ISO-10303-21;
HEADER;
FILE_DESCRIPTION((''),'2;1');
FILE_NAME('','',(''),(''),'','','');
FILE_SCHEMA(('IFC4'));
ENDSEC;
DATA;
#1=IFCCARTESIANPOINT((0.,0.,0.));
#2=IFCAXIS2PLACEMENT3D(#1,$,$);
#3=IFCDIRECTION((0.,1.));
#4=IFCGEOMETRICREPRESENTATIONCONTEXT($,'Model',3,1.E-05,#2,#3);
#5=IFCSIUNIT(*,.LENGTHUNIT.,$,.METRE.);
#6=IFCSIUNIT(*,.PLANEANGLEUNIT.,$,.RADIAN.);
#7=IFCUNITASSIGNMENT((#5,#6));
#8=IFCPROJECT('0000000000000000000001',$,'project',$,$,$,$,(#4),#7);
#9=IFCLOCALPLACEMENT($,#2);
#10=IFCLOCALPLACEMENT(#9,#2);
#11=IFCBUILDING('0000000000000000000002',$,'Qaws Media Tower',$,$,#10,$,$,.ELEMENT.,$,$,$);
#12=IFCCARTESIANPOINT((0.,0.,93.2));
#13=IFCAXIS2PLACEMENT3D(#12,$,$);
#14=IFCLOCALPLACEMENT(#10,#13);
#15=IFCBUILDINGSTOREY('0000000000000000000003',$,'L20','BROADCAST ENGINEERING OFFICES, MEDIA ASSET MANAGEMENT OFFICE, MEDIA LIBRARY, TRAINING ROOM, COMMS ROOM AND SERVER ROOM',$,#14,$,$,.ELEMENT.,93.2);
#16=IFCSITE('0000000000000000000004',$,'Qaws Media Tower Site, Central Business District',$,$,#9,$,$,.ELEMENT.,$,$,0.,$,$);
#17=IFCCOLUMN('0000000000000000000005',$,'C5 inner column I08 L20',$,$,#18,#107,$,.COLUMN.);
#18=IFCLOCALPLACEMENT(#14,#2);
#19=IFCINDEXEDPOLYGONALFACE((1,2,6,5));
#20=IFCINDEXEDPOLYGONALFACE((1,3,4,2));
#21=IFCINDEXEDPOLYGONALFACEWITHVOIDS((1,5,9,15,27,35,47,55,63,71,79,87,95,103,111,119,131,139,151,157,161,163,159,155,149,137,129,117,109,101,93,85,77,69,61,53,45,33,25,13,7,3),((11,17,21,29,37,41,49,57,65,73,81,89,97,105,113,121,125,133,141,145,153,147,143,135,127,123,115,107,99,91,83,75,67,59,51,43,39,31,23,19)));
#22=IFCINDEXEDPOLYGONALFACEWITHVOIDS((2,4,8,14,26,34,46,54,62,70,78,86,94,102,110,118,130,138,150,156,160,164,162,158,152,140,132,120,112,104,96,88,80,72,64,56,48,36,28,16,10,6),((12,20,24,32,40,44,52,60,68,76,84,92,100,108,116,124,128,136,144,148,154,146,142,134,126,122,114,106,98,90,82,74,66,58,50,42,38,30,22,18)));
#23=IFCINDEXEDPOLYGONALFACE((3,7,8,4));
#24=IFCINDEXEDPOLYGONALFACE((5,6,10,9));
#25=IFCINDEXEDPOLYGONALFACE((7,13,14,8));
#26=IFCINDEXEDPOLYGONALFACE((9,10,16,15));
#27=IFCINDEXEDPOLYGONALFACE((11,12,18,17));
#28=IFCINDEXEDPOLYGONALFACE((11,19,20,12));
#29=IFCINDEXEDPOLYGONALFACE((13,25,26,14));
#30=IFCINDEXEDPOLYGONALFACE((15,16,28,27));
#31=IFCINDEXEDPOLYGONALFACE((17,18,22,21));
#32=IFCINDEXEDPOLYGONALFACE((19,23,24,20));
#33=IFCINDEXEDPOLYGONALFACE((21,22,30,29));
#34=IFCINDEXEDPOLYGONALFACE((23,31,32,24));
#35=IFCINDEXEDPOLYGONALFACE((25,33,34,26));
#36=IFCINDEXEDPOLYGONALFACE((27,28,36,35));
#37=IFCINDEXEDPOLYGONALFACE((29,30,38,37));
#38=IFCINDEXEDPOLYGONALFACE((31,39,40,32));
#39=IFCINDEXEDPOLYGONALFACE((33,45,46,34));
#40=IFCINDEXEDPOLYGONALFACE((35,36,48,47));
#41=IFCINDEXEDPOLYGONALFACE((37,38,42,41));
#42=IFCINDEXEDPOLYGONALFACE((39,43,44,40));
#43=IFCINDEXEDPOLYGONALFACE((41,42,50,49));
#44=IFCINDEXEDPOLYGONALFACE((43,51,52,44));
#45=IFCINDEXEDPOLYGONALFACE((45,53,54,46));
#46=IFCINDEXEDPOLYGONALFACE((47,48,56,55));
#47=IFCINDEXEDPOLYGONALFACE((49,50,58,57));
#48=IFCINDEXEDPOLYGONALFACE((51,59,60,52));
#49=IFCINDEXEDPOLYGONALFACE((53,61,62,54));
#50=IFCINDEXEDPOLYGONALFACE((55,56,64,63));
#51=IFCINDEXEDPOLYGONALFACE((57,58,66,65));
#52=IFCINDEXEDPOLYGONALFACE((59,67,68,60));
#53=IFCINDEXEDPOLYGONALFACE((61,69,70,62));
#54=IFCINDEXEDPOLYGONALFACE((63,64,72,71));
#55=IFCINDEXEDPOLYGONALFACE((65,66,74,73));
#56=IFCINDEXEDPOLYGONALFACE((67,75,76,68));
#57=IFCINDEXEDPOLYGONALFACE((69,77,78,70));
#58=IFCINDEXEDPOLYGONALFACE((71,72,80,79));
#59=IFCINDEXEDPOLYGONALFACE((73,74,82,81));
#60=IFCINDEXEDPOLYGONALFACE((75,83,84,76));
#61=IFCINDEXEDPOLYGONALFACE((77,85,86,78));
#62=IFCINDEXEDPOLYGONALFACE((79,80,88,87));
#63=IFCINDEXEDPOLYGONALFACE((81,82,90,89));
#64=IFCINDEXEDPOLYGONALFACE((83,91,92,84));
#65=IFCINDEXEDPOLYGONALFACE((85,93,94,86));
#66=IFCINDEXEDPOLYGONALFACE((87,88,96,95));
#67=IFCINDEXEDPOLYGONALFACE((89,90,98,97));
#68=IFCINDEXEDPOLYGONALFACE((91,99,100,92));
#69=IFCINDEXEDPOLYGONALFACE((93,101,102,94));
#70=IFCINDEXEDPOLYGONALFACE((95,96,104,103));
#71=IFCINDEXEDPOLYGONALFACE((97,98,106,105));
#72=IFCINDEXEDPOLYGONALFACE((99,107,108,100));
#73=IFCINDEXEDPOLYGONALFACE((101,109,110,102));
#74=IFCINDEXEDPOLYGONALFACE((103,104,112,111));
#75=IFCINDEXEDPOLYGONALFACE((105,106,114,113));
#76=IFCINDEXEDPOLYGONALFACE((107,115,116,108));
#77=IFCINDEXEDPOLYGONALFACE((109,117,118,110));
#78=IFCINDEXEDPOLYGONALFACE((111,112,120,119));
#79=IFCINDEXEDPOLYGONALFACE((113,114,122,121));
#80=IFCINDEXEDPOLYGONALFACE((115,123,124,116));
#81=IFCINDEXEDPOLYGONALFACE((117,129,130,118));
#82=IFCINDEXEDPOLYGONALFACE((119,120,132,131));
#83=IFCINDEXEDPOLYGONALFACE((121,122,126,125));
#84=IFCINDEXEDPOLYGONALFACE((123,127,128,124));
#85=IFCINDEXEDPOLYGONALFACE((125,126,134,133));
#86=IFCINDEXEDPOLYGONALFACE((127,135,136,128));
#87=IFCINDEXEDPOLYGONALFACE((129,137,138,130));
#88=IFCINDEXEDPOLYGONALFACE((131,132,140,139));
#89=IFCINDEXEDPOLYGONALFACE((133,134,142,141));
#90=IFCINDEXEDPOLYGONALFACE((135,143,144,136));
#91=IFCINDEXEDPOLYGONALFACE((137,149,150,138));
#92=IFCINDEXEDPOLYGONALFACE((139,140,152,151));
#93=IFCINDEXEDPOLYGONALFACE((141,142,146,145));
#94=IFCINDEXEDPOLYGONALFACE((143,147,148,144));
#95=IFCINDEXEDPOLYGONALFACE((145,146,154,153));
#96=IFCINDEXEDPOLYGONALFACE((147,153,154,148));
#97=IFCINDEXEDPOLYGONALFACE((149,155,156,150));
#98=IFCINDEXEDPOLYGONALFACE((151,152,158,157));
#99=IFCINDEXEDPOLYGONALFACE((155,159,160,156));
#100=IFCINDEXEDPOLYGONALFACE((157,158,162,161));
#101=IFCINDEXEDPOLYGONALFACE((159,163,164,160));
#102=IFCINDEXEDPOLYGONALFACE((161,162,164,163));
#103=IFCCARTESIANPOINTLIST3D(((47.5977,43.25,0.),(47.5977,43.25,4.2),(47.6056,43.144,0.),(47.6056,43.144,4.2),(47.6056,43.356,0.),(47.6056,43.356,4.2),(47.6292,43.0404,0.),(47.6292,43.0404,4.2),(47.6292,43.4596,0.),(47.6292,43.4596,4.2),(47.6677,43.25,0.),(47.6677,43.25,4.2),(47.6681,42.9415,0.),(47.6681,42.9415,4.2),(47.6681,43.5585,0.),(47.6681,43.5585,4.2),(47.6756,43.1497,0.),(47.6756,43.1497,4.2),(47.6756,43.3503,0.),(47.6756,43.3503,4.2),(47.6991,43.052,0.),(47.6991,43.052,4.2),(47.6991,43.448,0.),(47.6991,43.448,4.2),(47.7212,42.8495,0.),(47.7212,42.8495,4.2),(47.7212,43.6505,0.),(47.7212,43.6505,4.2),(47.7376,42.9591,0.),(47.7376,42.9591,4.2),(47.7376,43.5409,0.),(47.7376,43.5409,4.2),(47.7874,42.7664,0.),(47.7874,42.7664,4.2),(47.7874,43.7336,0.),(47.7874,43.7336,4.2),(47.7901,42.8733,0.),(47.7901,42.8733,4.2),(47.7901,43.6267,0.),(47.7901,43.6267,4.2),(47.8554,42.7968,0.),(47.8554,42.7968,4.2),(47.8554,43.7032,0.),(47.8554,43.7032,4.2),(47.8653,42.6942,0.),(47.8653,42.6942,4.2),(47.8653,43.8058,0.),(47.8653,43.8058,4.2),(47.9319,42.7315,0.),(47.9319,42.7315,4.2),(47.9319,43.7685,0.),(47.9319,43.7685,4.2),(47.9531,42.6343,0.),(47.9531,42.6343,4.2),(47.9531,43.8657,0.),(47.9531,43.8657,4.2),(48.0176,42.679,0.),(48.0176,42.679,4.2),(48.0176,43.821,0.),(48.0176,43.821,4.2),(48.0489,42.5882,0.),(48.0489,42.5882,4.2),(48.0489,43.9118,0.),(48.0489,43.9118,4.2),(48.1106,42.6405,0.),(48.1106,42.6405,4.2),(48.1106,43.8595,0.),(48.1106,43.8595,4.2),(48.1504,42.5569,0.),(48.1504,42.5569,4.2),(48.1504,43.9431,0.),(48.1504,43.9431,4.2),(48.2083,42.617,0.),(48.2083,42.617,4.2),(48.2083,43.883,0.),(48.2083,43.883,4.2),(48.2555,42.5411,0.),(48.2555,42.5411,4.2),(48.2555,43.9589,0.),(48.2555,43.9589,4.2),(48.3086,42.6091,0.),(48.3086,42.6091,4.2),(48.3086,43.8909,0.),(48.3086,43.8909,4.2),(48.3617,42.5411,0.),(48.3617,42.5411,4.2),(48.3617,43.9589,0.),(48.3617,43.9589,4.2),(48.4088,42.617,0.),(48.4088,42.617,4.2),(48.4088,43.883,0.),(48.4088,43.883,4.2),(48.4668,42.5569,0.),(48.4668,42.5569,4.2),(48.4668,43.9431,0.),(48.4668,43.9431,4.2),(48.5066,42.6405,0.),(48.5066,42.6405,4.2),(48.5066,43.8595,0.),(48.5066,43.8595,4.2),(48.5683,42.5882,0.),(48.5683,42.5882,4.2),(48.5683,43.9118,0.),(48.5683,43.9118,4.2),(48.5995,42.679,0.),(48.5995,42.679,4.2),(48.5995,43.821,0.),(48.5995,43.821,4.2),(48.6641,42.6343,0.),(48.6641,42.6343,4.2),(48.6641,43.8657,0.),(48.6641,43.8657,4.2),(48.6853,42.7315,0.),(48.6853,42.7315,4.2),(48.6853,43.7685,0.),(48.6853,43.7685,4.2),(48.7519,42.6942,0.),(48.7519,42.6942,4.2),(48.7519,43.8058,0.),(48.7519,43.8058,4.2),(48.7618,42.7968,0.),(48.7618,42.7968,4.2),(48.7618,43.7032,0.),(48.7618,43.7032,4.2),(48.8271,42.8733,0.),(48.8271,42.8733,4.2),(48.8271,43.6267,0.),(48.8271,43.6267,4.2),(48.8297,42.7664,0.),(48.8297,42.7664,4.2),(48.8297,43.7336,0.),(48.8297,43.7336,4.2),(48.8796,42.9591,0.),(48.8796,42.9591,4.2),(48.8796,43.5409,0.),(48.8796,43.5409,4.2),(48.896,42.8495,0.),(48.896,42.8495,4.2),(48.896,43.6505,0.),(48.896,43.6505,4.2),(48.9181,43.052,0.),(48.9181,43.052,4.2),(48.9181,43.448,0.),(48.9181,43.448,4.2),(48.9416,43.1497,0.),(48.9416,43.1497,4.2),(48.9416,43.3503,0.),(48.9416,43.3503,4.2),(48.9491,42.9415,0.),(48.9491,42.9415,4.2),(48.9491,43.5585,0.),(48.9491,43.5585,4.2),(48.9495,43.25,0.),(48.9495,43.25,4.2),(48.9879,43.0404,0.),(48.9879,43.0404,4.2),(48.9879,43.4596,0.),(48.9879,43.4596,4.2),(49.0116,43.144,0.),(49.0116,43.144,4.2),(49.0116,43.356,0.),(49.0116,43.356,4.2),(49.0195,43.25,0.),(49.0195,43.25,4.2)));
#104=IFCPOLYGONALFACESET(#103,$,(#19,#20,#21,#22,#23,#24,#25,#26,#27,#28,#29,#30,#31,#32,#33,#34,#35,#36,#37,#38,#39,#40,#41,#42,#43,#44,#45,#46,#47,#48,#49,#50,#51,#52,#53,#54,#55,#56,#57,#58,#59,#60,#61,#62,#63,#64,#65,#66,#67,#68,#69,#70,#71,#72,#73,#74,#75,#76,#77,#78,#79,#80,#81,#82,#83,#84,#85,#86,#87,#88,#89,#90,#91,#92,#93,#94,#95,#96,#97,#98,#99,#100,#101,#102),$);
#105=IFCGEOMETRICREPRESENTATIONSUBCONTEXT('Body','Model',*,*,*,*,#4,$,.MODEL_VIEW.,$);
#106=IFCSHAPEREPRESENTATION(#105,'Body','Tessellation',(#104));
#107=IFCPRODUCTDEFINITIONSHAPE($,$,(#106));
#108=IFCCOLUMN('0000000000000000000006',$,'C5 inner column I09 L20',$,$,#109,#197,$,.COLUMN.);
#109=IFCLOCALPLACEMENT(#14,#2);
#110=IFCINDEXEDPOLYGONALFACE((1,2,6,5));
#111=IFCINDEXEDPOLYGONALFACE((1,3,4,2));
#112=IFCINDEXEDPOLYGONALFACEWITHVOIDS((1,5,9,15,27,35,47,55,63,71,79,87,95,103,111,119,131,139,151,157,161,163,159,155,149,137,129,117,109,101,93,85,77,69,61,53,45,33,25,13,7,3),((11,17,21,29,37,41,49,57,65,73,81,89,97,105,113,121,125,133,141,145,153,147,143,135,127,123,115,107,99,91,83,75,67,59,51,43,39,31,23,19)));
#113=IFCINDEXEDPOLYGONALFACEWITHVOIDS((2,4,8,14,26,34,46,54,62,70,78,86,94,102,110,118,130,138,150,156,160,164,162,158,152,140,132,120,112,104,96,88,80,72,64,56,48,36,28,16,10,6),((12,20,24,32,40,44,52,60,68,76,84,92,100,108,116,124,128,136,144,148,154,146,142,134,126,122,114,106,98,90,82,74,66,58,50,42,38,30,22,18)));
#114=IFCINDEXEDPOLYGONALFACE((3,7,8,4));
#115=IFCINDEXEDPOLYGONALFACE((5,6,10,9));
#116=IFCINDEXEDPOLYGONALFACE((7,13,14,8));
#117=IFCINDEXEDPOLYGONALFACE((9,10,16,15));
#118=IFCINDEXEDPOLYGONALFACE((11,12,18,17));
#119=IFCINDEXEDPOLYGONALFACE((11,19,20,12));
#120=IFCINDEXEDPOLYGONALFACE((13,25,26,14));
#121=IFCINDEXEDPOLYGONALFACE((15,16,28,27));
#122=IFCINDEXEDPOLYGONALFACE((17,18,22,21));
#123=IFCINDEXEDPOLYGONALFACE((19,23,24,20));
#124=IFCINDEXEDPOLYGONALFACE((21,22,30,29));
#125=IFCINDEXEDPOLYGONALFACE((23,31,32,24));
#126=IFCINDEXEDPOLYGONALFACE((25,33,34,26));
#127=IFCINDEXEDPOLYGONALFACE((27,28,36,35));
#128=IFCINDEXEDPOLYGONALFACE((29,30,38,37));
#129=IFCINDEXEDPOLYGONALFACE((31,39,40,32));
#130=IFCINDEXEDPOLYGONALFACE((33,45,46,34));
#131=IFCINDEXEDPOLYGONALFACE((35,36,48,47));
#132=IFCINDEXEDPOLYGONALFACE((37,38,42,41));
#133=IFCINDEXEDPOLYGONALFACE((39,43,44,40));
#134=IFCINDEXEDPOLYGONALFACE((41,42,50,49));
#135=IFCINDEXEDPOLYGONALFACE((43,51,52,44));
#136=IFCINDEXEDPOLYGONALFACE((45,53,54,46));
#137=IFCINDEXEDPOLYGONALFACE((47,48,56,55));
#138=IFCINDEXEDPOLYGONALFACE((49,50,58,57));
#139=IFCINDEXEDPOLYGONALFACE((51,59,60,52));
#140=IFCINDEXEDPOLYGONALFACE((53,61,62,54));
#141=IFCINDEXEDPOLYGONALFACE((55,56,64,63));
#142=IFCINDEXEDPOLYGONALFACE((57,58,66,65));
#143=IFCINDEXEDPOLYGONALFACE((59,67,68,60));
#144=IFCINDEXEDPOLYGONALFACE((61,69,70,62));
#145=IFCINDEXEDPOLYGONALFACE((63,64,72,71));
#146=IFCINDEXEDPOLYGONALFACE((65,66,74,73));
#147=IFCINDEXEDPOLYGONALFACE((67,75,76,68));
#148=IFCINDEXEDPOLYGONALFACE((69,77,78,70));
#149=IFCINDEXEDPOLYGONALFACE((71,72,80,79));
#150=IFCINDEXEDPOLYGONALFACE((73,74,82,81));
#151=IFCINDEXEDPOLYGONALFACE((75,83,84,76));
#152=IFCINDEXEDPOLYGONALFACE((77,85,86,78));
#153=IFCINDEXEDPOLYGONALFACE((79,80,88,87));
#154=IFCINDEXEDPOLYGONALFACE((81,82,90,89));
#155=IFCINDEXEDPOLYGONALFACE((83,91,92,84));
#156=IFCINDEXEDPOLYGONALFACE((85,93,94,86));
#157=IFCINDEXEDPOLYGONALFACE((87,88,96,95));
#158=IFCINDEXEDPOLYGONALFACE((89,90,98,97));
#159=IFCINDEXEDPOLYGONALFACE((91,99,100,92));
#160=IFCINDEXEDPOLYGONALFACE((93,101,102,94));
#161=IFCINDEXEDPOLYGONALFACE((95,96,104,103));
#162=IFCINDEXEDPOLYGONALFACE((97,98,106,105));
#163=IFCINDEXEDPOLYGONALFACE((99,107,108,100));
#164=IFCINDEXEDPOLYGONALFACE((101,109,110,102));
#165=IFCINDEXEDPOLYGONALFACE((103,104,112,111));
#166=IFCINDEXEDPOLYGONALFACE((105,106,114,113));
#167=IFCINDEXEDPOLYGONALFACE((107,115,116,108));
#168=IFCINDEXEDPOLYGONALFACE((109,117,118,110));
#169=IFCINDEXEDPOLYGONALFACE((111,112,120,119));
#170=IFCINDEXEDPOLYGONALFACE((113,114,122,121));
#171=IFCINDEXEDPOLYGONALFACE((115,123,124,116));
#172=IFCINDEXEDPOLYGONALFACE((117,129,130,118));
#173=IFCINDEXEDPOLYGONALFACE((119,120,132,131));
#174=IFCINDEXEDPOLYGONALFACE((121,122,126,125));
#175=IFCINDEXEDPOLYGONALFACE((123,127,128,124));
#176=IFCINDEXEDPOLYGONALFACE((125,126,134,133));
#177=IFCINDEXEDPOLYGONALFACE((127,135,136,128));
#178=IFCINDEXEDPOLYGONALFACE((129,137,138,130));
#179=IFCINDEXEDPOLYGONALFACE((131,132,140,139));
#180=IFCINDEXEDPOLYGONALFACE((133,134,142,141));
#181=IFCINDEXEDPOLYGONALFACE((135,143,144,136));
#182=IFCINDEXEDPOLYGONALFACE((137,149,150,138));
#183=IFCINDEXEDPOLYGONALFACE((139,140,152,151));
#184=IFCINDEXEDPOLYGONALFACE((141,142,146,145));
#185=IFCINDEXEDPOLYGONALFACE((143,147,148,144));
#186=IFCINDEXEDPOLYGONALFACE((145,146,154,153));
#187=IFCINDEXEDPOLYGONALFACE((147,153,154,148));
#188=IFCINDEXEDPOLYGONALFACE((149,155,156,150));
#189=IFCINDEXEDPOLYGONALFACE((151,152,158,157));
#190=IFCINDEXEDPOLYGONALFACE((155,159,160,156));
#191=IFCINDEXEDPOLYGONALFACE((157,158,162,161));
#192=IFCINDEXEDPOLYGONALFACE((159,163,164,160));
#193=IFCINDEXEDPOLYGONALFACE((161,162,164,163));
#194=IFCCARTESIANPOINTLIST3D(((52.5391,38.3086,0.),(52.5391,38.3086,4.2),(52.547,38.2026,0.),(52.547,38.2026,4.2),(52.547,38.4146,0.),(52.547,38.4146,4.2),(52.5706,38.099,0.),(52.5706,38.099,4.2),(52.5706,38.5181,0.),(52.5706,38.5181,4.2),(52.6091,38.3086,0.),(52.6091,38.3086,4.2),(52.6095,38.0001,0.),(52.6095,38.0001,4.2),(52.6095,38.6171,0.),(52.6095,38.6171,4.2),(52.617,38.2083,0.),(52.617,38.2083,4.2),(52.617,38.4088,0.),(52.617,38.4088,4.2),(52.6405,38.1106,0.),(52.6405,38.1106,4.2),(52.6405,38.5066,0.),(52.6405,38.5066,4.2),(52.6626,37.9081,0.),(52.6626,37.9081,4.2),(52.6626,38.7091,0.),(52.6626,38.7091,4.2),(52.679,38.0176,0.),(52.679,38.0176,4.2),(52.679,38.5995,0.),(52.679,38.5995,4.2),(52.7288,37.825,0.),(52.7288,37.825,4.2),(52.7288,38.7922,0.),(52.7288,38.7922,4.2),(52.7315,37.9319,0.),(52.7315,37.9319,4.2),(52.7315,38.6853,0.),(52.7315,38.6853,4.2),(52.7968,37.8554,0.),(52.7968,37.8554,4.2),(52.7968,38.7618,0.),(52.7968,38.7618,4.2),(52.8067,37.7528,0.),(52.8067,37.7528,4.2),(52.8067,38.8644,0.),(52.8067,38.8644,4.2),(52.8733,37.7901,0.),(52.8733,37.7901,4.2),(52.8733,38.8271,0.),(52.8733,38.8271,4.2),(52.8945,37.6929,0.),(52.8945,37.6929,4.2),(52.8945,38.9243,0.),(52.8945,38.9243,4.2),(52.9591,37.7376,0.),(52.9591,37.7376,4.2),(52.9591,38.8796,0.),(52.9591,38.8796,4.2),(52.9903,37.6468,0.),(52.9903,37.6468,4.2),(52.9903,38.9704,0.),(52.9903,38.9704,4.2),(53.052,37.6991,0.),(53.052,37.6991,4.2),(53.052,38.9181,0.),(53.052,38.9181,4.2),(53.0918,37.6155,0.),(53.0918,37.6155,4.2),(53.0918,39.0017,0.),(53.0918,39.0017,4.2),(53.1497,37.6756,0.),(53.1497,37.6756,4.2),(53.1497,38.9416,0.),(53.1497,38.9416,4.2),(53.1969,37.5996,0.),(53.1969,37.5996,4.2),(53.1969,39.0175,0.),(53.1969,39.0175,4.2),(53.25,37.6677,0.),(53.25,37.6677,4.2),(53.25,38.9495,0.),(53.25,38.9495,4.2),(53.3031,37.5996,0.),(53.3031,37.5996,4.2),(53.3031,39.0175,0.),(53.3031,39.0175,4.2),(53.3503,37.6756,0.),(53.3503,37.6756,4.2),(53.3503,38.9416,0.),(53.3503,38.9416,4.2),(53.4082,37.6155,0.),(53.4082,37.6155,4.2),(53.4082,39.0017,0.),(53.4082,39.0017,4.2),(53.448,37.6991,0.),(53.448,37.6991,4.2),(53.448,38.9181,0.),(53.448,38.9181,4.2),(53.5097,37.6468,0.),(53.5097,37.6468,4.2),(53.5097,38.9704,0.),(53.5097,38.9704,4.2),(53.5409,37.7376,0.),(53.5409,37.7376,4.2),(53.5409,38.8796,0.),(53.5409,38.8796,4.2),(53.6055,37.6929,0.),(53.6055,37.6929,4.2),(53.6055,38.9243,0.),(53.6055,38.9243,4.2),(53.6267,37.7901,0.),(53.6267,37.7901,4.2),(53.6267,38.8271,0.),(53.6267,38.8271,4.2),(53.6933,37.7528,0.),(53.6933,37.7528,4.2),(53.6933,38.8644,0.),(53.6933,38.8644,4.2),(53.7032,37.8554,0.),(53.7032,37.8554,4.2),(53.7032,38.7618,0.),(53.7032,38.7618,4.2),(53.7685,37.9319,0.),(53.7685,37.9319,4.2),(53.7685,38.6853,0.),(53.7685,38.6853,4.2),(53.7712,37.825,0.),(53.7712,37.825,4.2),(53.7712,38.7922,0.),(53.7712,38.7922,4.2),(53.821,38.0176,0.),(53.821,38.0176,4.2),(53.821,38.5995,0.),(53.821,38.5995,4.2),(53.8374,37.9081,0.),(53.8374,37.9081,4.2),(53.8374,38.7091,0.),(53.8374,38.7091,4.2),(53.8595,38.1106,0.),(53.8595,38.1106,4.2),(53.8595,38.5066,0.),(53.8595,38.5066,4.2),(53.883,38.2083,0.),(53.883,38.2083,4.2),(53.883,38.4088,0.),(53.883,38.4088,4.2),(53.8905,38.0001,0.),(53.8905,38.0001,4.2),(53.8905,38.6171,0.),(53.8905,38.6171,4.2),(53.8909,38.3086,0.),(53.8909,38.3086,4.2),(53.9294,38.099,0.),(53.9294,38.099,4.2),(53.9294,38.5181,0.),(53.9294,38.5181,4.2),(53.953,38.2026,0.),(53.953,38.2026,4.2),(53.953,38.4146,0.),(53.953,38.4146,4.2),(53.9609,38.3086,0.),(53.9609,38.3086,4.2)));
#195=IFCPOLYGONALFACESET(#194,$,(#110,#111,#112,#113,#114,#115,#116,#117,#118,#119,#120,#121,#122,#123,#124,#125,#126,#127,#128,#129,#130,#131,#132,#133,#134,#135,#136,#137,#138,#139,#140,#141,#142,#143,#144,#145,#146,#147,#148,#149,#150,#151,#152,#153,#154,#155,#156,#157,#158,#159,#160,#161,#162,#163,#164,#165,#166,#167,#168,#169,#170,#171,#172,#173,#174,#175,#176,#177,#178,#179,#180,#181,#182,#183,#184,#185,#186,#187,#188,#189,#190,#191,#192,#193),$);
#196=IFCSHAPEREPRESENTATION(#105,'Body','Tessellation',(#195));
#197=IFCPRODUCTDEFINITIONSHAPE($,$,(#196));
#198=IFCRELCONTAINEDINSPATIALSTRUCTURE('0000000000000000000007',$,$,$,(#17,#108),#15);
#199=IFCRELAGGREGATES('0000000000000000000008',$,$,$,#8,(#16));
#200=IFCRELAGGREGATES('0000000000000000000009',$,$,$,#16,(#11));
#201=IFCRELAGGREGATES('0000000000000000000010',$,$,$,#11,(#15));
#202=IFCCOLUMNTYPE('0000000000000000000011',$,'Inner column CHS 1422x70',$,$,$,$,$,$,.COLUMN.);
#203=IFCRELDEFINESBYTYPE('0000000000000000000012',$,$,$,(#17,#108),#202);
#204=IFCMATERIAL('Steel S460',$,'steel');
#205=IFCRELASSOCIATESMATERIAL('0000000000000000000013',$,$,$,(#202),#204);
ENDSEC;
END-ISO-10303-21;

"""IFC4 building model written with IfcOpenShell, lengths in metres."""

from ifc_helpers import new_model, si_unit, direction, frame, origin, origin_2d, place, context, subcontext, project, spatial, hollow_circle, extrude, material, material_profile, profile_set, type_object, element, save


model = new_model("IFC4")

# Units and contexts
model_context = context("Model", 3, precision=1e-05, world=origin(), true_north=direction((0.0, 1.0)))
body_context = subcontext(model_context, "Body", "Model", "MODEL_VIEW")
ifc_project = project(units=[si_unit("LENGTHUNIT", "METRE"), si_unit("PLANEANGLEUNIT", "RADIAN")], contexts=[model_context])

# Site, building, storey
site_placement = place(None, origin())
site = spatial("IfcSite", under=ifc_project, at=site_placement, Name="Qaws Media Tower Site, Central Business District", CompositionType="ELEMENT", RefElevation=0.0)
building_placement = place(site_placement, origin())
building = spatial("IfcBuilding", under=site, at=building_placement, Name="Qaws Media Tower", CompositionType="ELEMENT")
storey_placement = place(building_placement, frame((0.0, 0.0, 93.2)))
storey = spatial("IfcBuildingStorey", under=building, at=storey_placement, Name="L20", Description="BROADCAST ENGINEERING OFFICES, MEDIA ASSET MANAGEMENT OFFICE, MEDIA LIBRARY, TRAINING ROOM, COMMS ROOM AND SERVER ROOM", CompositionType="ELEMENT", Elevation=93.2)

# Columns
ifc_material_1 = material(Name="Steel S460", Category="steel")
ifc_material_profile_1 = material_profile(ifc_material_1, hollow_circle(Radius=0.7109, WallThickness=0.0701, at=origin_2d()), Name="CHS 1422x70")
ifc_profile_set_1 = profile_set([ifc_material_profile_1], Name="Steel S460")
column_type = type_object("IfcColumnType", Name="Inner column CHS 1422x70", PredefinedType="COLUMN", material=ifc_profile_set_1)
for number, where, z_axis, x_axis, name in (
    (1, (48.3086, 43.25, 0.0), (0.0, 0.0, 1.0), (1.0, 0.0, 0.0), "C5 inner column I08 L20"),
    (2, (53.25, 38.3086, 0.0), (0.0, 0.0, 1.0), (1.0, 0.0, 0.0), "C5 inner column I09 L20"),
):
    element("IfcColumn", number, at=place(storey_placement, frame(where, z_axis=z_axis, x_axis=x_axis)), inside=storey, type_object=column_type, Name=name, PredefinedType="COLUMN", context=body_context, shape_type="SweptSolid", body=[
        extrude(hollow_circle(Radius=0.7109, WallThickness=0.0701, at=origin_2d()), origin(), (0.0, 0.0, 1.0), 4.2),
    ])

save(model, "model.ifc")
